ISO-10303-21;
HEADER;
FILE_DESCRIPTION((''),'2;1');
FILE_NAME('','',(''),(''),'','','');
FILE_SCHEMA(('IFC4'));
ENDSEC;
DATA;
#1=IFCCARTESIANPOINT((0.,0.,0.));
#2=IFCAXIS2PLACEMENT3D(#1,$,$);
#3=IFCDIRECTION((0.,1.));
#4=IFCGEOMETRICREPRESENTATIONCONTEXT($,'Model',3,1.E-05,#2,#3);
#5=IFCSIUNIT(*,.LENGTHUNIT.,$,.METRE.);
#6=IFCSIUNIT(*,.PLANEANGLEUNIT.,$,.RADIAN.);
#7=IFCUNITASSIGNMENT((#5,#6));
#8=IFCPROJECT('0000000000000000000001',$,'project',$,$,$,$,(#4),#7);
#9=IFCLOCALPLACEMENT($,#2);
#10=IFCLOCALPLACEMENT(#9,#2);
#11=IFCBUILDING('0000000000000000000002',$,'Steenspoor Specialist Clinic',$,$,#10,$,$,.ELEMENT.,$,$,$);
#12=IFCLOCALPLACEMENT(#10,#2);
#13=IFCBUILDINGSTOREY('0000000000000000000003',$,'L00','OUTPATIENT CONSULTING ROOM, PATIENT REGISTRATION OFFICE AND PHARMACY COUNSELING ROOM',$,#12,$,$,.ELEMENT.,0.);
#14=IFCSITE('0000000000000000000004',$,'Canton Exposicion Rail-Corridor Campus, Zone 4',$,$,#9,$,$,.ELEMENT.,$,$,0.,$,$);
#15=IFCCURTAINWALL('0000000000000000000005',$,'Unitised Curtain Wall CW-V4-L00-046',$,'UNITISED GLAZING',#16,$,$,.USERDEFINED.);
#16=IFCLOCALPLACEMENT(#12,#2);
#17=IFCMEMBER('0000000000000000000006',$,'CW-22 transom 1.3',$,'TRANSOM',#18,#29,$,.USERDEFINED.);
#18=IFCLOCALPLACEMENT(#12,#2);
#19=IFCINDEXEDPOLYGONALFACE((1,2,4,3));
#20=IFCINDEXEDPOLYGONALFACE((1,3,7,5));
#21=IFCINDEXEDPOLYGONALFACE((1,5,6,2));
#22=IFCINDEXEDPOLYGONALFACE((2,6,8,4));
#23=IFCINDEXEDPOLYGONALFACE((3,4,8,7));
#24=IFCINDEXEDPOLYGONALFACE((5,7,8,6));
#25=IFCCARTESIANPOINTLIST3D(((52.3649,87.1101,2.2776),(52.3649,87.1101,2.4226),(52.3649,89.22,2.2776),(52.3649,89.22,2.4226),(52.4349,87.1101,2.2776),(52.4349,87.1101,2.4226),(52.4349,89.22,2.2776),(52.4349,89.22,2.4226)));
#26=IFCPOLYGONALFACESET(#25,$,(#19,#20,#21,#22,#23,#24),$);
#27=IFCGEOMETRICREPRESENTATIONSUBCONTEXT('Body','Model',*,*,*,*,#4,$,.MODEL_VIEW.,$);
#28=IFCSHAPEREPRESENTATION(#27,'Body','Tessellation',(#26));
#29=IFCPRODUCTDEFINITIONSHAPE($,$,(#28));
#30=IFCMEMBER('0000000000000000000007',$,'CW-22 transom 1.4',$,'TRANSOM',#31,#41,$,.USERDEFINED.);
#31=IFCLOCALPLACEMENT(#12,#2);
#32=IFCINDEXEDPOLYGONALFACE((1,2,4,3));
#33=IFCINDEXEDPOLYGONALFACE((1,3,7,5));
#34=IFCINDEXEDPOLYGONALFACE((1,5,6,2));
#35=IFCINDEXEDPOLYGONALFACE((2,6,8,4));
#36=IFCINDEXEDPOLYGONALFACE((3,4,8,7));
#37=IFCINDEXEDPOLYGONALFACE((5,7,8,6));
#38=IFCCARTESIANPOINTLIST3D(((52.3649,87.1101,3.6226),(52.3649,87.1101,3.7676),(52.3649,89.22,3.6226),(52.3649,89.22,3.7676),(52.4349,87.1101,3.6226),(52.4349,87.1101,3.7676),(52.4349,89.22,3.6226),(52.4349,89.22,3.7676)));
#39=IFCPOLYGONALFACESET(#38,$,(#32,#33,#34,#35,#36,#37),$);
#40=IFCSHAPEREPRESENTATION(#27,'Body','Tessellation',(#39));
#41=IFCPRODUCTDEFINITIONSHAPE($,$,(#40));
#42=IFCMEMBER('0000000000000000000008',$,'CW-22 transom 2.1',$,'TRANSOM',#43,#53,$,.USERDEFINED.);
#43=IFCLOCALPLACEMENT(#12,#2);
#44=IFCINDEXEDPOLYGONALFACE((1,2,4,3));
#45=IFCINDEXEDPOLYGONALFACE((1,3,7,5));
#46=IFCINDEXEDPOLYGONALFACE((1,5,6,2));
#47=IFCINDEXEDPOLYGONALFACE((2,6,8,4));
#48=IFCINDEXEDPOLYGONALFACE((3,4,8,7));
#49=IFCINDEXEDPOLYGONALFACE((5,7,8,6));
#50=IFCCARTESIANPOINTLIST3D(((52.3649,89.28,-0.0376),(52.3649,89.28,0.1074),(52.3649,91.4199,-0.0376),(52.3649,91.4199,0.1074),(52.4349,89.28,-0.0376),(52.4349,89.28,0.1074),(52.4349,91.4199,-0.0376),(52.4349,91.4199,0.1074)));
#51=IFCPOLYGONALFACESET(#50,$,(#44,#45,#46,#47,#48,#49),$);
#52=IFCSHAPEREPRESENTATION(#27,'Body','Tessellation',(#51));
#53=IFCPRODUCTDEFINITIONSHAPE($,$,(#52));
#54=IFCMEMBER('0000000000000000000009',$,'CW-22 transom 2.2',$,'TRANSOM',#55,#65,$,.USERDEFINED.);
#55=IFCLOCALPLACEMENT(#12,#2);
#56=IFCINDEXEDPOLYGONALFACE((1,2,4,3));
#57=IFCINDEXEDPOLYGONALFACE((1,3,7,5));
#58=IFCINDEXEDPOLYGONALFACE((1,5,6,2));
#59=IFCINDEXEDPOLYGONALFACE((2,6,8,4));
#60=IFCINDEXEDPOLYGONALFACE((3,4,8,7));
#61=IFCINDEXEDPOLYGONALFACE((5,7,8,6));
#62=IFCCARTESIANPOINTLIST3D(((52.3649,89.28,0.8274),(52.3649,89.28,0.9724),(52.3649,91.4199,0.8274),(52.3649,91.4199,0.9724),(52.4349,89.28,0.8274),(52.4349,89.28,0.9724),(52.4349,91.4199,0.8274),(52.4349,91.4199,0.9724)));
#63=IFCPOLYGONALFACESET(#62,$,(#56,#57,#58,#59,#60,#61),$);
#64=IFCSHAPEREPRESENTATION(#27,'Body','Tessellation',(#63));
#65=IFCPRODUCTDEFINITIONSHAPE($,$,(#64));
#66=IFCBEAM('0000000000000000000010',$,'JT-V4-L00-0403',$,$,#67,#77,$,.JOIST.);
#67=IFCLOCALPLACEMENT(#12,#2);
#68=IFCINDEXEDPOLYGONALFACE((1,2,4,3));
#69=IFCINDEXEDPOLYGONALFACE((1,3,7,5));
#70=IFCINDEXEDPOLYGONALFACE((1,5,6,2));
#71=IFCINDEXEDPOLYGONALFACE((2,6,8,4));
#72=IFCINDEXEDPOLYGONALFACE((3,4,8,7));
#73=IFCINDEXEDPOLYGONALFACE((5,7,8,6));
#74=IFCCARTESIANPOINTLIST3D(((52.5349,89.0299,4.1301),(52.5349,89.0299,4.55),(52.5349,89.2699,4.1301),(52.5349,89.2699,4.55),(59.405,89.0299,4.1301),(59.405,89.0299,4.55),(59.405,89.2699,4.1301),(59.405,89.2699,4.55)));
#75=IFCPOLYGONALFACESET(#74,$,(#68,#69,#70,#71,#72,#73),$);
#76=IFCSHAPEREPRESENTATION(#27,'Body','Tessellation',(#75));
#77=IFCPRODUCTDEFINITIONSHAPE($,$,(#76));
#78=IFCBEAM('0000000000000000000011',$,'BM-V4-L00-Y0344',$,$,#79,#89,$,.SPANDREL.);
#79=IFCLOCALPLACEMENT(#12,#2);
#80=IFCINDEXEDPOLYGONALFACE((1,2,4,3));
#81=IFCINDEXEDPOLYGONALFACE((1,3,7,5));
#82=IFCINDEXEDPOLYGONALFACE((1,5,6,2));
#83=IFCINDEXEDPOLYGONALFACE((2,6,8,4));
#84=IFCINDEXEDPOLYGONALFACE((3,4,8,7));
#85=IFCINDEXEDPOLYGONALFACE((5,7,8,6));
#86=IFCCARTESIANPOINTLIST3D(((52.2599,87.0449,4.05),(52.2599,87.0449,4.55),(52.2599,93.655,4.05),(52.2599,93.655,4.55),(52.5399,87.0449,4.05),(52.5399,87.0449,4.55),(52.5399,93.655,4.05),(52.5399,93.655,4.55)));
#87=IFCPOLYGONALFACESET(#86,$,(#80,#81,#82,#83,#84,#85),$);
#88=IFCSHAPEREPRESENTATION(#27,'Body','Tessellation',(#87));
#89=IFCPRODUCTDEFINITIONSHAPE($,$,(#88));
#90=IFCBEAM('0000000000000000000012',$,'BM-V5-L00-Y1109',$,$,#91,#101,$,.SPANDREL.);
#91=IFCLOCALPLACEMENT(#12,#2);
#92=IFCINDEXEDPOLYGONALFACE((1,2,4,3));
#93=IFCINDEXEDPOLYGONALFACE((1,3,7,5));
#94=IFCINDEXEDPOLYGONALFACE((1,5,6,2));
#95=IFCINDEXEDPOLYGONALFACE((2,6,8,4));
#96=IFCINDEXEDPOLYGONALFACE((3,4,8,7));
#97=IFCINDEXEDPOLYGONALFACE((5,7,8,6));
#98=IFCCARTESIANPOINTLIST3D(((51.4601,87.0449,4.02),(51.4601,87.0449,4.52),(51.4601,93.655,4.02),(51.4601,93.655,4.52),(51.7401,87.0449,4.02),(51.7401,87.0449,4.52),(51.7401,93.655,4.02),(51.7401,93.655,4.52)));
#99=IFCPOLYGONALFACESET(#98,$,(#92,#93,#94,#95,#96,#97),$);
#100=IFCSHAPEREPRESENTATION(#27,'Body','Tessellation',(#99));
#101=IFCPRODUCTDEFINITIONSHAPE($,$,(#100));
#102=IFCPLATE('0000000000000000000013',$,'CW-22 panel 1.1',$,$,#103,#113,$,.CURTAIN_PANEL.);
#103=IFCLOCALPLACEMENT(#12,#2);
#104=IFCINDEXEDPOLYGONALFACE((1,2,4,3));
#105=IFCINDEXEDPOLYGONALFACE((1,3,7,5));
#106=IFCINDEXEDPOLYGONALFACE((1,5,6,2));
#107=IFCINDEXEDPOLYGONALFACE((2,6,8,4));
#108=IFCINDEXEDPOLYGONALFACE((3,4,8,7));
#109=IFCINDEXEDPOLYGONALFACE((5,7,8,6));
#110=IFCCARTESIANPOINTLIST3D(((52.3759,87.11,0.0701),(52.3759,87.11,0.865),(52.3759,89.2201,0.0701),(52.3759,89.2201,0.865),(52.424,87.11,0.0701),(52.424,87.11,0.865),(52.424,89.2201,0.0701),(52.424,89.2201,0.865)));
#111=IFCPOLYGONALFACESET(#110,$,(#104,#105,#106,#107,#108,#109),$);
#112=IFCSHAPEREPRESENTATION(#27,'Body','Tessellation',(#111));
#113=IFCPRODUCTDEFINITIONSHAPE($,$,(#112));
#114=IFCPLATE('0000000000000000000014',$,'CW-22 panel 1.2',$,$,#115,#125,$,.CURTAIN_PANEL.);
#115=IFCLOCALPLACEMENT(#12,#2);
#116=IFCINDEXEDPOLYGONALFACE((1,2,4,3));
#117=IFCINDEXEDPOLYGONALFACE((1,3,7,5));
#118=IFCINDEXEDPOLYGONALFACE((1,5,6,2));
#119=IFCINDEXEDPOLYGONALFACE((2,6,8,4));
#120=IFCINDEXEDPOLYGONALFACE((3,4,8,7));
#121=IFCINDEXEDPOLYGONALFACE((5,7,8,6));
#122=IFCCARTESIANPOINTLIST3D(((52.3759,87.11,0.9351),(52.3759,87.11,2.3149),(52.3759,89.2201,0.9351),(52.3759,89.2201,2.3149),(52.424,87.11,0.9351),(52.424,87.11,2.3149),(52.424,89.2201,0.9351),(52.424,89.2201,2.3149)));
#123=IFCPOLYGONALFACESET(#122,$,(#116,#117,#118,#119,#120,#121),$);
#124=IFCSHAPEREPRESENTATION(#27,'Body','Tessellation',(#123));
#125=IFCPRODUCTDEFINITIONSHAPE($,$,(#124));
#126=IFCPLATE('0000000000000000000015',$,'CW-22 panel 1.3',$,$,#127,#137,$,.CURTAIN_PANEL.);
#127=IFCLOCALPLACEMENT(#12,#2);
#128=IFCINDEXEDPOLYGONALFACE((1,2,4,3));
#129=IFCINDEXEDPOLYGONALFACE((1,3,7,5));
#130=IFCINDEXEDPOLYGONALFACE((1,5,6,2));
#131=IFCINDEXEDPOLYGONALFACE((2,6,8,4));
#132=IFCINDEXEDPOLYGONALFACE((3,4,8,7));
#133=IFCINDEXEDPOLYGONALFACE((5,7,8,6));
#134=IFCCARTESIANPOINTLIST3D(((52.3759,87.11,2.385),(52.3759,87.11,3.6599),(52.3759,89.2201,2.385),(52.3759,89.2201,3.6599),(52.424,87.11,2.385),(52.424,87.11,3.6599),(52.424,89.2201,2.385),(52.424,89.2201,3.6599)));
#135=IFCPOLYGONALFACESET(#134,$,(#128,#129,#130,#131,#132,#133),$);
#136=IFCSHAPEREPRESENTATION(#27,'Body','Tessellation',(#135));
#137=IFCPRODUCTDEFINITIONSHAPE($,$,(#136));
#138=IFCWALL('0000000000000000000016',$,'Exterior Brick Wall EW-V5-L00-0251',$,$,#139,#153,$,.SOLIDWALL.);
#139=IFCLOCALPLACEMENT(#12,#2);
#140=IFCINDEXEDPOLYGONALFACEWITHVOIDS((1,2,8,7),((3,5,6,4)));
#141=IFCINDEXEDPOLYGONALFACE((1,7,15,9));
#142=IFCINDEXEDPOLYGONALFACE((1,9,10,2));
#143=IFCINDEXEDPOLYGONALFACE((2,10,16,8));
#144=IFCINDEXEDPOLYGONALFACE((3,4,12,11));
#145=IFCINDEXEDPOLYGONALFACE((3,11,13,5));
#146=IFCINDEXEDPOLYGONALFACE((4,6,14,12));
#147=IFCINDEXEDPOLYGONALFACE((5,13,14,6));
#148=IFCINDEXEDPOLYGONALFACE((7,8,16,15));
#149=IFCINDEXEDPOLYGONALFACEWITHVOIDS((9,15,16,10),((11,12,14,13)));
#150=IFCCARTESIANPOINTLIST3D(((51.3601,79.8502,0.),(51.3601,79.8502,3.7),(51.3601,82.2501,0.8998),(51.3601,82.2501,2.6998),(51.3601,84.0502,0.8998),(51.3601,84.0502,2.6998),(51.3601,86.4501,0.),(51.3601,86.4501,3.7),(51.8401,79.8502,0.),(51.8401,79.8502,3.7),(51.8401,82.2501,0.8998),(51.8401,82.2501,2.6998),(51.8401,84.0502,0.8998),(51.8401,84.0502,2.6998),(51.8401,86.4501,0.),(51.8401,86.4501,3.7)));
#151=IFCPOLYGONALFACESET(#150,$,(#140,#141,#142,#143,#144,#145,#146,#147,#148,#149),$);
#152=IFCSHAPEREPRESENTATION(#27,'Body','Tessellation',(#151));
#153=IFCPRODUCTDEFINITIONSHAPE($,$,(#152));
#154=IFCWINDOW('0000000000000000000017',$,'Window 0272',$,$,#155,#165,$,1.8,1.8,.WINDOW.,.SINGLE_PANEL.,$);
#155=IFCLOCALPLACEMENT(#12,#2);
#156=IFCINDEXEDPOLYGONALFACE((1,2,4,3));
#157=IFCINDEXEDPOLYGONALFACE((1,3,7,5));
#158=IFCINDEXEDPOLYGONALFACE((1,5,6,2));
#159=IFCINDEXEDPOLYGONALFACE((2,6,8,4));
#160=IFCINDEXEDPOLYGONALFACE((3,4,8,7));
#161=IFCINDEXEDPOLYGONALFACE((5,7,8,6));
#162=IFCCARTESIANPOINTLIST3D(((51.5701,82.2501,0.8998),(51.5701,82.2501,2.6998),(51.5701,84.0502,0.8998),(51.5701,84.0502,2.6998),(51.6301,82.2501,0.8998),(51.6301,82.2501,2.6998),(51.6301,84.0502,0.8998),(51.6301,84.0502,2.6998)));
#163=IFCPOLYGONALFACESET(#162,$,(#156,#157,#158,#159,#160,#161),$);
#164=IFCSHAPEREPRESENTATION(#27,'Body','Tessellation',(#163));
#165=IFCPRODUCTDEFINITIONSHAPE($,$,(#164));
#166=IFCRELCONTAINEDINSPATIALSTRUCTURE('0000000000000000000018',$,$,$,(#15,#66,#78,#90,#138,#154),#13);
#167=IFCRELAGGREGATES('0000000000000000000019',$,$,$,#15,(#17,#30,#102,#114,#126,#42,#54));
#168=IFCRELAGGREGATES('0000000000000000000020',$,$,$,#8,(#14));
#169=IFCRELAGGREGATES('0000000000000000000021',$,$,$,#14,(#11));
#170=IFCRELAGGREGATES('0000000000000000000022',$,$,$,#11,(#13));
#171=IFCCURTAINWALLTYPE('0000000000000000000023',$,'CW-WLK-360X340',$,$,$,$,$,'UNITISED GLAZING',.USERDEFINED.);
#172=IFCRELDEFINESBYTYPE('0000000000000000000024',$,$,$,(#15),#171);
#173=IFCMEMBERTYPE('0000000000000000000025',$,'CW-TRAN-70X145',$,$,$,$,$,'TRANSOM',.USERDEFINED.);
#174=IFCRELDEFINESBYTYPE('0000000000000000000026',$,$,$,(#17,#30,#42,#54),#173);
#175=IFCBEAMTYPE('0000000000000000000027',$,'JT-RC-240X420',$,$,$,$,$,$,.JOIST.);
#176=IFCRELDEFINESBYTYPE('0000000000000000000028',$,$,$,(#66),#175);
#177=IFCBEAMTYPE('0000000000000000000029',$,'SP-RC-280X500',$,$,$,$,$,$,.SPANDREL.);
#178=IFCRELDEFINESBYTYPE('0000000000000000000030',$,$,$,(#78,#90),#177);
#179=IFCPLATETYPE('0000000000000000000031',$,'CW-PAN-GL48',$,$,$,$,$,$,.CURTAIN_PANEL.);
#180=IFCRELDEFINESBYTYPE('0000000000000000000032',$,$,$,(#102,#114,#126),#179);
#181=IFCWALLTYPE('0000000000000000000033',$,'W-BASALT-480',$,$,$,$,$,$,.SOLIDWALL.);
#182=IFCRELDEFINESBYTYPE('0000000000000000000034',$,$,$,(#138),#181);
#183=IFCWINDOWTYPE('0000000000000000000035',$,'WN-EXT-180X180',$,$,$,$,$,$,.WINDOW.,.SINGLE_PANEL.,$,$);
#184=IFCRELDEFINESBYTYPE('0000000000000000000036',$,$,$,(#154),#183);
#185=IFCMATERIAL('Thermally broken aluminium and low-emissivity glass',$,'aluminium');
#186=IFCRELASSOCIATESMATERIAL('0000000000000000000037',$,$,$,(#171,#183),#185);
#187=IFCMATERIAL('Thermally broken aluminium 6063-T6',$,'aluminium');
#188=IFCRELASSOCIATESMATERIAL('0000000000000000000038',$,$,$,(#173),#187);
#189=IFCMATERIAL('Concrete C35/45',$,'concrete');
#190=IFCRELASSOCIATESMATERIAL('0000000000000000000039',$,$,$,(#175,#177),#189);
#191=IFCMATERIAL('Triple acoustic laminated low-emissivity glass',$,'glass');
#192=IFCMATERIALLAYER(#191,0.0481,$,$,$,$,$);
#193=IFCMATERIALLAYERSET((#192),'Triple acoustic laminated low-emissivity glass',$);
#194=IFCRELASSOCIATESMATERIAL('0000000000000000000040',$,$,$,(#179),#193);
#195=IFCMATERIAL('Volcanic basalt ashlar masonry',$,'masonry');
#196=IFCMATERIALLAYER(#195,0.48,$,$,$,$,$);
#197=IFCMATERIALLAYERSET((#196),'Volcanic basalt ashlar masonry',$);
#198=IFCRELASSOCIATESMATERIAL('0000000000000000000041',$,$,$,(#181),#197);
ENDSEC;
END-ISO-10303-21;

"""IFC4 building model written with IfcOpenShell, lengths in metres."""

from ifc_helpers import new_model, si_unit, direction, frame, frame_2d, origin, origin_2d, place, context, subcontext, project, spatial, rectangle, extrude, material, layer, layer_set, material_profile, profile_set, type_object, element, fill, aggregate, save


model = new_model("IFC4")

# Units and contexts
model_context = context("Model", 3, precision=1e-05, world=origin(), true_north=direction((0.0, 1.0)))
body_context = subcontext(model_context, "Body", "Model", "MODEL_VIEW")
ifc_project = project(units=[si_unit("LENGTHUNIT", "METRE"), si_unit("PLANEANGLEUNIT", "RADIAN")], contexts=[model_context])

# Site, building, storey
site_placement = place(None, origin())
site = spatial("IfcSite", under=ifc_project, at=site_placement, Name="Canton Exposicion Rail-Corridor Campus, Zone 4", CompositionType="ELEMENT", RefElevation=0.0)
building_placement = place(site_placement, origin())
building = spatial("IfcBuilding", under=site, at=building_placement, Name="Steenspoor Specialist Clinic", CompositionType="ELEMENT")
storey_placement = place(building_placement, origin())
storey = spatial("IfcBuildingStorey", under=building, at=storey_placement, Name="L00", Description="OUTPATIENT CONSULTING ROOM, PATIENT REGISTRATION OFFICE AND PHARMACY COUNSELING ROOM", CompositionType="ELEMENT", Elevation=0.0)

# Shared definitions
ifc_material_1 = material(Name="Concrete C35/45", Category="concrete")

# Curtain wall, members
ifc_material_2 = material(Name="Thermally broken aluminium and low-emissivity glass", Category="aluminium")
curtain_wall_type = type_object("IfcCurtainWallType", Name="CW-WLK-360X340", ElementType="UNITISED GLAZING", PredefinedType="USERDEFINED", material=ifc_material_2)
curtain_wall_placement = place(storey_placement, origin())
curtain_wall = element("IfcCurtainWall", 1, at=curtain_wall_placement, inside=storey, type_object=curtain_wall_type, Name="Unitised Curtain Wall CW-V4-L00-046", ObjectType="UNITISED GLAZING", PredefinedType="USERDEFINED")
ifc_material_3 = material(Name="Thermally broken aluminium 6063-T6", Category="aluminium")
ifc_material_profile_1 = material_profile(ifc_material_3, rectangle(XDim=0.0701, YDim=0.145, at=origin_2d()), Name="CWT-70X145")
ifc_profile_set_1 = profile_set([ifc_material_profile_1], Name="Thermally broken aluminium 6063-T6")
member_type_1 = type_object("IfcMemberType", Name="CW-TRAN-70X145", ElementType="TRANSOM", PredefinedType="USERDEFINED", material=ifc_profile_set_1)
member_1_placement = place(storey_placement, frame((52.3999, 87.1101, 2.3501), z_axis=(0.0, 1.0, 0.0), x_axis=(-1.0, 0.0, 0.0)))
member_1 = element("IfcMember", 2, at=member_1_placement, type_object=member_type_1, Name="CW-22 transom 1.3", ObjectType="TRANSOM", PredefinedType="USERDEFINED", context=body_context, shape_type="SweptSolid", body=[
    extrude(rectangle(XDim=0.0701, YDim=0.145, at=origin_2d()), origin(), (0.0, 0.0, 1.0), 2.1099),
])
member_2_placement = place(storey_placement, frame((52.3999, 87.1101, 3.6951), z_axis=(0.0, 1.0, 0.0), x_axis=(-1.0, 0.0, 0.0)))
member_2 = element("IfcMember", 3, at=member_2_placement, type_object=member_type_1, Name="CW-22 transom 1.4", ObjectType="TRANSOM", PredefinedType="USERDEFINED", context=body_context, shape_type="SweptSolid", body=[
    extrude(rectangle(XDim=0.0701, YDim=0.145, at=origin_2d()), origin(), (0.0, 0.0, 1.0), 2.1099),
])
member_3_placement = place(storey_placement, frame((52.3999, 89.28, 0.0349), z_axis=(0.0, 1.0, 0.0), x_axis=(-1.0, 0.0, 0.0)))
member_3 = element("IfcMember", 4, at=member_3_placement, type_object=member_type_1, Name="CW-22 transom 2.1", ObjectType="TRANSOM", PredefinedType="USERDEFINED", context=body_context, shape_type="SweptSolid", body=[
    extrude(rectangle(XDim=0.0701, YDim=0.145, at=origin_2d()), origin(), (0.0, 0.0, 1.0), 2.1399),
])
member_4_placement = place(storey_placement, frame((52.3999, 89.28, 0.8999), z_axis=(0.0, 1.0, 0.0), x_axis=(-1.0, 0.0, 0.0)))
member_4 = element("IfcMember", 5, at=member_4_placement, type_object=member_type_1, Name="CW-22 transom 2.2", ObjectType="TRANSOM", PredefinedType="USERDEFINED", context=body_context, shape_type="SweptSolid", body=[
    extrude(rectangle(XDim=0.0701, YDim=0.145, at=origin_2d()), origin(), (0.0, 0.0, 1.0), 2.1399),
])

# Beams
ifc_material_profile_2 = material_profile(ifc_material_1, rectangle(XDim=0.24, YDim=0.4199, at=origin_2d()), Name="RC-JT-240X420")
ifc_profile_set_2 = profile_set([ifc_material_profile_2], Name="Concrete C35/45")
beam_type_1 = type_object("IfcBeamType", Name="JT-RC-240X420", PredefinedType="JOIST", material=ifc_profile_set_2)
beam_placement = place(storey_placement, frame((52.5349, 89.1499, 4.3401), z_axis=(1.0, 0.0, 0.0), x_axis=(0.0, 1.0, 0.0)))
element("IfcBeam", 6, at=beam_placement, inside=storey, type_object=beam_type_1, Name="JT-V4-L00-0403", PredefinedType="JOIST", context=body_context, shape_type="SweptSolid", body=[
    extrude(rectangle(XDim=0.24, YDim=0.4199, at=origin_2d()), origin(), (0.0, 0.0, 1.0), 6.8701),
])
ifc_material_profile_3 = material_profile(ifc_material_1, rectangle(XDim=0.28, YDim=0.5, at=origin_2d()), Name="RC-SP-280X500")
ifc_profile_set_3 = profile_set([ifc_material_profile_3], Name="Concrete C35/45")
beam_type_2 = type_object("IfcBeamType", Name="SP-RC-280X500", PredefinedType="SPANDREL", material=ifc_profile_set_3)
for number, where, z_axis, x_axis, name in (
    (7, (52.3999, 87.0449, 4.3), (0.0, 1.0, 0.0), (-1.0, 0.0, 0.0), "BM-V4-L00-Y0344"),
    (8, (51.6001, 87.0449, 4.27), (0.0, 1.0, 0.0), (-1.0, 0.0, 0.0), "BM-V5-L00-Y1109"),
):
    element("IfcBeam", number, at=place(storey_placement, frame(where, z_axis=z_axis, x_axis=x_axis)), inside=storey, type_object=beam_type_2, Name=name, PredefinedType="SPANDREL", context=body_context, shape_type="SweptSolid", body=[
        extrude(rectangle(XDim=0.28, YDim=0.5, at=origin_2d()), origin(), (0.0, 0.0, 1.0), 6.6101),
    ])

# Plates
ifc_material_4 = material(Name="Triple acoustic laminated low-emissivity glass", Category="glass")
ifc_layer_1 = layer(ifc_material_4, 0.0481)
ifc_layer_set_1 = layer_set([ifc_layer_1], Name="Triple acoustic laminated low-emissivity glass")
plate_type = type_object("IfcPlateType", Name="CW-PAN-GL48", PredefinedType="CURTAIN_PANEL", material=ifc_layer_set_1)
plate_1_placement = place(storey_placement, frame((52.3999, 88.165, 0.0701), z_axis=(0.0, 0.0, 1.0), x_axis=(0.0, 1.0, 0.0)))
plate_1 = element("IfcPlate", 9, at=plate_1_placement, type_object=plate_type, Name="CW-22 panel 1.1", PredefinedType="CURTAIN_PANEL", context=body_context, shape_type="SweptSolid", body=[
    extrude(rectangle(XDim=2.1101, YDim=0.0481, at=origin_2d()), origin(), (0.0, 0.0, 1.0), 0.7949),
])
plate_2_placement = place(storey_placement, frame((52.3999, 88.165, 0.9351), z_axis=(0.0, 0.0, 1.0), x_axis=(0.0, 1.0, 0.0)))
plate_2 = element("IfcPlate", 10, at=plate_2_placement, type_object=plate_type, Name="CW-22 panel 1.2", PredefinedType="CURTAIN_PANEL", context=body_context, shape_type="SweptSolid", body=[
    extrude(rectangle(XDim=2.1101, YDim=0.0481, at=origin_2d()), origin(), (0.0, 0.0, 1.0), 1.3799),
])
plate_3_placement = place(storey_placement, frame((52.3999, 88.165, 2.385), z_axis=(0.0, 0.0, 1.0), x_axis=(0.0, 1.0, 0.0)))
plate_3 = element("IfcPlate", 11, at=plate_3_placement, type_object=plate_type, Name="CW-22 panel 1.3", PredefinedType="CURTAIN_PANEL", context=body_context, shape_type="SweptSolid", body=[
    extrude(rectangle(XDim=2.1101, YDim=0.0481, at=origin_2d()), origin(), (0.0, 0.0, 1.0), 1.2749),
])
aggregate(curtain_wall, [member_1, member_2, plate_1, plate_2, plate_3, member_3, member_4])

# Wall, opening, window
ifc_material_5 = material(Name="Volcanic basalt ashlar masonry", Category="masonry")
ifc_layer_2 = layer(ifc_material_5, 0.48)
ifc_layer_set_2 = layer_set([ifc_layer_2], Name="Volcanic basalt ashlar masonry")
wall_type = type_object("IfcWallType", Name="W-BASALT-480", PredefinedType="SOLIDWALL", material=ifc_layer_set_2)
wall_placement = place(storey_placement, frame((51.6001, 86.45, 0.0), z_axis=(0.0, 0.0, 1.0), x_axis=(0.0, -1.0, 0.0)))
wall = element("IfcWall", 12, at=wall_placement, inside=storey, type_object=wall_type, Name="Exterior Brick Wall EW-V5-L00-0251", PredefinedType="SOLIDWALL", context=body_context, shape_type="SweptSolid", body=[
    extrude(rectangle(XDim=6.5999, YDim=0.48, at=frame_2d((3.2998, 0.0))), origin(), (0.0, 0.0, 1.0), 3.7),
])
opening_placement = place(wall_placement, frame((2.3999, 0.0, 0.8999)))
opening = element("IfcOpeningElement", 13, at=opening_placement, cuts=wall, PredefinedType="OPENING", context=body_context, shape_type="SweptSolid", body=[
    extrude(rectangle(XDim=1.8, YDim=1.8, at=frame_2d((0.8999, 0.8999))), frame((0.0, 0.25, 0.0), z_axis=(0.0, -1.0, 0.0), x_axis=(1.0, 0.0, 0.0)), (0.0, 0.0, 1.0), 0.5),
])
window_type = type_object("IfcWindowType", Name="WN-EXT-180X180", PartitioningType="SINGLE_PANEL", PredefinedType="WINDOW", material=ifc_material_2)
window_placement = place(opening_placement, origin())
window = element("IfcWindow", 14, at=window_placement, inside=storey, type_object=window_type, Name="Window 0272", OverallHeight=1.8, OverallWidth=1.8, PartitioningType="SINGLE_PANEL", PredefinedType="WINDOW", context=body_context, shape_type="SweptSolid", body=[
    extrude(rectangle(XDim=1.8, YDim=1.8, at=frame_2d((0.8999, 0.8999))), frame((0.0, 0.03, 0.0), z_axis=(0.0, -1.0, 0.0), x_axis=(1.0, 0.0, 0.0)), (0.0, 0.0, 1.0), 0.0601),
])
fill(opening, window)

save(model, "model.ifc")
